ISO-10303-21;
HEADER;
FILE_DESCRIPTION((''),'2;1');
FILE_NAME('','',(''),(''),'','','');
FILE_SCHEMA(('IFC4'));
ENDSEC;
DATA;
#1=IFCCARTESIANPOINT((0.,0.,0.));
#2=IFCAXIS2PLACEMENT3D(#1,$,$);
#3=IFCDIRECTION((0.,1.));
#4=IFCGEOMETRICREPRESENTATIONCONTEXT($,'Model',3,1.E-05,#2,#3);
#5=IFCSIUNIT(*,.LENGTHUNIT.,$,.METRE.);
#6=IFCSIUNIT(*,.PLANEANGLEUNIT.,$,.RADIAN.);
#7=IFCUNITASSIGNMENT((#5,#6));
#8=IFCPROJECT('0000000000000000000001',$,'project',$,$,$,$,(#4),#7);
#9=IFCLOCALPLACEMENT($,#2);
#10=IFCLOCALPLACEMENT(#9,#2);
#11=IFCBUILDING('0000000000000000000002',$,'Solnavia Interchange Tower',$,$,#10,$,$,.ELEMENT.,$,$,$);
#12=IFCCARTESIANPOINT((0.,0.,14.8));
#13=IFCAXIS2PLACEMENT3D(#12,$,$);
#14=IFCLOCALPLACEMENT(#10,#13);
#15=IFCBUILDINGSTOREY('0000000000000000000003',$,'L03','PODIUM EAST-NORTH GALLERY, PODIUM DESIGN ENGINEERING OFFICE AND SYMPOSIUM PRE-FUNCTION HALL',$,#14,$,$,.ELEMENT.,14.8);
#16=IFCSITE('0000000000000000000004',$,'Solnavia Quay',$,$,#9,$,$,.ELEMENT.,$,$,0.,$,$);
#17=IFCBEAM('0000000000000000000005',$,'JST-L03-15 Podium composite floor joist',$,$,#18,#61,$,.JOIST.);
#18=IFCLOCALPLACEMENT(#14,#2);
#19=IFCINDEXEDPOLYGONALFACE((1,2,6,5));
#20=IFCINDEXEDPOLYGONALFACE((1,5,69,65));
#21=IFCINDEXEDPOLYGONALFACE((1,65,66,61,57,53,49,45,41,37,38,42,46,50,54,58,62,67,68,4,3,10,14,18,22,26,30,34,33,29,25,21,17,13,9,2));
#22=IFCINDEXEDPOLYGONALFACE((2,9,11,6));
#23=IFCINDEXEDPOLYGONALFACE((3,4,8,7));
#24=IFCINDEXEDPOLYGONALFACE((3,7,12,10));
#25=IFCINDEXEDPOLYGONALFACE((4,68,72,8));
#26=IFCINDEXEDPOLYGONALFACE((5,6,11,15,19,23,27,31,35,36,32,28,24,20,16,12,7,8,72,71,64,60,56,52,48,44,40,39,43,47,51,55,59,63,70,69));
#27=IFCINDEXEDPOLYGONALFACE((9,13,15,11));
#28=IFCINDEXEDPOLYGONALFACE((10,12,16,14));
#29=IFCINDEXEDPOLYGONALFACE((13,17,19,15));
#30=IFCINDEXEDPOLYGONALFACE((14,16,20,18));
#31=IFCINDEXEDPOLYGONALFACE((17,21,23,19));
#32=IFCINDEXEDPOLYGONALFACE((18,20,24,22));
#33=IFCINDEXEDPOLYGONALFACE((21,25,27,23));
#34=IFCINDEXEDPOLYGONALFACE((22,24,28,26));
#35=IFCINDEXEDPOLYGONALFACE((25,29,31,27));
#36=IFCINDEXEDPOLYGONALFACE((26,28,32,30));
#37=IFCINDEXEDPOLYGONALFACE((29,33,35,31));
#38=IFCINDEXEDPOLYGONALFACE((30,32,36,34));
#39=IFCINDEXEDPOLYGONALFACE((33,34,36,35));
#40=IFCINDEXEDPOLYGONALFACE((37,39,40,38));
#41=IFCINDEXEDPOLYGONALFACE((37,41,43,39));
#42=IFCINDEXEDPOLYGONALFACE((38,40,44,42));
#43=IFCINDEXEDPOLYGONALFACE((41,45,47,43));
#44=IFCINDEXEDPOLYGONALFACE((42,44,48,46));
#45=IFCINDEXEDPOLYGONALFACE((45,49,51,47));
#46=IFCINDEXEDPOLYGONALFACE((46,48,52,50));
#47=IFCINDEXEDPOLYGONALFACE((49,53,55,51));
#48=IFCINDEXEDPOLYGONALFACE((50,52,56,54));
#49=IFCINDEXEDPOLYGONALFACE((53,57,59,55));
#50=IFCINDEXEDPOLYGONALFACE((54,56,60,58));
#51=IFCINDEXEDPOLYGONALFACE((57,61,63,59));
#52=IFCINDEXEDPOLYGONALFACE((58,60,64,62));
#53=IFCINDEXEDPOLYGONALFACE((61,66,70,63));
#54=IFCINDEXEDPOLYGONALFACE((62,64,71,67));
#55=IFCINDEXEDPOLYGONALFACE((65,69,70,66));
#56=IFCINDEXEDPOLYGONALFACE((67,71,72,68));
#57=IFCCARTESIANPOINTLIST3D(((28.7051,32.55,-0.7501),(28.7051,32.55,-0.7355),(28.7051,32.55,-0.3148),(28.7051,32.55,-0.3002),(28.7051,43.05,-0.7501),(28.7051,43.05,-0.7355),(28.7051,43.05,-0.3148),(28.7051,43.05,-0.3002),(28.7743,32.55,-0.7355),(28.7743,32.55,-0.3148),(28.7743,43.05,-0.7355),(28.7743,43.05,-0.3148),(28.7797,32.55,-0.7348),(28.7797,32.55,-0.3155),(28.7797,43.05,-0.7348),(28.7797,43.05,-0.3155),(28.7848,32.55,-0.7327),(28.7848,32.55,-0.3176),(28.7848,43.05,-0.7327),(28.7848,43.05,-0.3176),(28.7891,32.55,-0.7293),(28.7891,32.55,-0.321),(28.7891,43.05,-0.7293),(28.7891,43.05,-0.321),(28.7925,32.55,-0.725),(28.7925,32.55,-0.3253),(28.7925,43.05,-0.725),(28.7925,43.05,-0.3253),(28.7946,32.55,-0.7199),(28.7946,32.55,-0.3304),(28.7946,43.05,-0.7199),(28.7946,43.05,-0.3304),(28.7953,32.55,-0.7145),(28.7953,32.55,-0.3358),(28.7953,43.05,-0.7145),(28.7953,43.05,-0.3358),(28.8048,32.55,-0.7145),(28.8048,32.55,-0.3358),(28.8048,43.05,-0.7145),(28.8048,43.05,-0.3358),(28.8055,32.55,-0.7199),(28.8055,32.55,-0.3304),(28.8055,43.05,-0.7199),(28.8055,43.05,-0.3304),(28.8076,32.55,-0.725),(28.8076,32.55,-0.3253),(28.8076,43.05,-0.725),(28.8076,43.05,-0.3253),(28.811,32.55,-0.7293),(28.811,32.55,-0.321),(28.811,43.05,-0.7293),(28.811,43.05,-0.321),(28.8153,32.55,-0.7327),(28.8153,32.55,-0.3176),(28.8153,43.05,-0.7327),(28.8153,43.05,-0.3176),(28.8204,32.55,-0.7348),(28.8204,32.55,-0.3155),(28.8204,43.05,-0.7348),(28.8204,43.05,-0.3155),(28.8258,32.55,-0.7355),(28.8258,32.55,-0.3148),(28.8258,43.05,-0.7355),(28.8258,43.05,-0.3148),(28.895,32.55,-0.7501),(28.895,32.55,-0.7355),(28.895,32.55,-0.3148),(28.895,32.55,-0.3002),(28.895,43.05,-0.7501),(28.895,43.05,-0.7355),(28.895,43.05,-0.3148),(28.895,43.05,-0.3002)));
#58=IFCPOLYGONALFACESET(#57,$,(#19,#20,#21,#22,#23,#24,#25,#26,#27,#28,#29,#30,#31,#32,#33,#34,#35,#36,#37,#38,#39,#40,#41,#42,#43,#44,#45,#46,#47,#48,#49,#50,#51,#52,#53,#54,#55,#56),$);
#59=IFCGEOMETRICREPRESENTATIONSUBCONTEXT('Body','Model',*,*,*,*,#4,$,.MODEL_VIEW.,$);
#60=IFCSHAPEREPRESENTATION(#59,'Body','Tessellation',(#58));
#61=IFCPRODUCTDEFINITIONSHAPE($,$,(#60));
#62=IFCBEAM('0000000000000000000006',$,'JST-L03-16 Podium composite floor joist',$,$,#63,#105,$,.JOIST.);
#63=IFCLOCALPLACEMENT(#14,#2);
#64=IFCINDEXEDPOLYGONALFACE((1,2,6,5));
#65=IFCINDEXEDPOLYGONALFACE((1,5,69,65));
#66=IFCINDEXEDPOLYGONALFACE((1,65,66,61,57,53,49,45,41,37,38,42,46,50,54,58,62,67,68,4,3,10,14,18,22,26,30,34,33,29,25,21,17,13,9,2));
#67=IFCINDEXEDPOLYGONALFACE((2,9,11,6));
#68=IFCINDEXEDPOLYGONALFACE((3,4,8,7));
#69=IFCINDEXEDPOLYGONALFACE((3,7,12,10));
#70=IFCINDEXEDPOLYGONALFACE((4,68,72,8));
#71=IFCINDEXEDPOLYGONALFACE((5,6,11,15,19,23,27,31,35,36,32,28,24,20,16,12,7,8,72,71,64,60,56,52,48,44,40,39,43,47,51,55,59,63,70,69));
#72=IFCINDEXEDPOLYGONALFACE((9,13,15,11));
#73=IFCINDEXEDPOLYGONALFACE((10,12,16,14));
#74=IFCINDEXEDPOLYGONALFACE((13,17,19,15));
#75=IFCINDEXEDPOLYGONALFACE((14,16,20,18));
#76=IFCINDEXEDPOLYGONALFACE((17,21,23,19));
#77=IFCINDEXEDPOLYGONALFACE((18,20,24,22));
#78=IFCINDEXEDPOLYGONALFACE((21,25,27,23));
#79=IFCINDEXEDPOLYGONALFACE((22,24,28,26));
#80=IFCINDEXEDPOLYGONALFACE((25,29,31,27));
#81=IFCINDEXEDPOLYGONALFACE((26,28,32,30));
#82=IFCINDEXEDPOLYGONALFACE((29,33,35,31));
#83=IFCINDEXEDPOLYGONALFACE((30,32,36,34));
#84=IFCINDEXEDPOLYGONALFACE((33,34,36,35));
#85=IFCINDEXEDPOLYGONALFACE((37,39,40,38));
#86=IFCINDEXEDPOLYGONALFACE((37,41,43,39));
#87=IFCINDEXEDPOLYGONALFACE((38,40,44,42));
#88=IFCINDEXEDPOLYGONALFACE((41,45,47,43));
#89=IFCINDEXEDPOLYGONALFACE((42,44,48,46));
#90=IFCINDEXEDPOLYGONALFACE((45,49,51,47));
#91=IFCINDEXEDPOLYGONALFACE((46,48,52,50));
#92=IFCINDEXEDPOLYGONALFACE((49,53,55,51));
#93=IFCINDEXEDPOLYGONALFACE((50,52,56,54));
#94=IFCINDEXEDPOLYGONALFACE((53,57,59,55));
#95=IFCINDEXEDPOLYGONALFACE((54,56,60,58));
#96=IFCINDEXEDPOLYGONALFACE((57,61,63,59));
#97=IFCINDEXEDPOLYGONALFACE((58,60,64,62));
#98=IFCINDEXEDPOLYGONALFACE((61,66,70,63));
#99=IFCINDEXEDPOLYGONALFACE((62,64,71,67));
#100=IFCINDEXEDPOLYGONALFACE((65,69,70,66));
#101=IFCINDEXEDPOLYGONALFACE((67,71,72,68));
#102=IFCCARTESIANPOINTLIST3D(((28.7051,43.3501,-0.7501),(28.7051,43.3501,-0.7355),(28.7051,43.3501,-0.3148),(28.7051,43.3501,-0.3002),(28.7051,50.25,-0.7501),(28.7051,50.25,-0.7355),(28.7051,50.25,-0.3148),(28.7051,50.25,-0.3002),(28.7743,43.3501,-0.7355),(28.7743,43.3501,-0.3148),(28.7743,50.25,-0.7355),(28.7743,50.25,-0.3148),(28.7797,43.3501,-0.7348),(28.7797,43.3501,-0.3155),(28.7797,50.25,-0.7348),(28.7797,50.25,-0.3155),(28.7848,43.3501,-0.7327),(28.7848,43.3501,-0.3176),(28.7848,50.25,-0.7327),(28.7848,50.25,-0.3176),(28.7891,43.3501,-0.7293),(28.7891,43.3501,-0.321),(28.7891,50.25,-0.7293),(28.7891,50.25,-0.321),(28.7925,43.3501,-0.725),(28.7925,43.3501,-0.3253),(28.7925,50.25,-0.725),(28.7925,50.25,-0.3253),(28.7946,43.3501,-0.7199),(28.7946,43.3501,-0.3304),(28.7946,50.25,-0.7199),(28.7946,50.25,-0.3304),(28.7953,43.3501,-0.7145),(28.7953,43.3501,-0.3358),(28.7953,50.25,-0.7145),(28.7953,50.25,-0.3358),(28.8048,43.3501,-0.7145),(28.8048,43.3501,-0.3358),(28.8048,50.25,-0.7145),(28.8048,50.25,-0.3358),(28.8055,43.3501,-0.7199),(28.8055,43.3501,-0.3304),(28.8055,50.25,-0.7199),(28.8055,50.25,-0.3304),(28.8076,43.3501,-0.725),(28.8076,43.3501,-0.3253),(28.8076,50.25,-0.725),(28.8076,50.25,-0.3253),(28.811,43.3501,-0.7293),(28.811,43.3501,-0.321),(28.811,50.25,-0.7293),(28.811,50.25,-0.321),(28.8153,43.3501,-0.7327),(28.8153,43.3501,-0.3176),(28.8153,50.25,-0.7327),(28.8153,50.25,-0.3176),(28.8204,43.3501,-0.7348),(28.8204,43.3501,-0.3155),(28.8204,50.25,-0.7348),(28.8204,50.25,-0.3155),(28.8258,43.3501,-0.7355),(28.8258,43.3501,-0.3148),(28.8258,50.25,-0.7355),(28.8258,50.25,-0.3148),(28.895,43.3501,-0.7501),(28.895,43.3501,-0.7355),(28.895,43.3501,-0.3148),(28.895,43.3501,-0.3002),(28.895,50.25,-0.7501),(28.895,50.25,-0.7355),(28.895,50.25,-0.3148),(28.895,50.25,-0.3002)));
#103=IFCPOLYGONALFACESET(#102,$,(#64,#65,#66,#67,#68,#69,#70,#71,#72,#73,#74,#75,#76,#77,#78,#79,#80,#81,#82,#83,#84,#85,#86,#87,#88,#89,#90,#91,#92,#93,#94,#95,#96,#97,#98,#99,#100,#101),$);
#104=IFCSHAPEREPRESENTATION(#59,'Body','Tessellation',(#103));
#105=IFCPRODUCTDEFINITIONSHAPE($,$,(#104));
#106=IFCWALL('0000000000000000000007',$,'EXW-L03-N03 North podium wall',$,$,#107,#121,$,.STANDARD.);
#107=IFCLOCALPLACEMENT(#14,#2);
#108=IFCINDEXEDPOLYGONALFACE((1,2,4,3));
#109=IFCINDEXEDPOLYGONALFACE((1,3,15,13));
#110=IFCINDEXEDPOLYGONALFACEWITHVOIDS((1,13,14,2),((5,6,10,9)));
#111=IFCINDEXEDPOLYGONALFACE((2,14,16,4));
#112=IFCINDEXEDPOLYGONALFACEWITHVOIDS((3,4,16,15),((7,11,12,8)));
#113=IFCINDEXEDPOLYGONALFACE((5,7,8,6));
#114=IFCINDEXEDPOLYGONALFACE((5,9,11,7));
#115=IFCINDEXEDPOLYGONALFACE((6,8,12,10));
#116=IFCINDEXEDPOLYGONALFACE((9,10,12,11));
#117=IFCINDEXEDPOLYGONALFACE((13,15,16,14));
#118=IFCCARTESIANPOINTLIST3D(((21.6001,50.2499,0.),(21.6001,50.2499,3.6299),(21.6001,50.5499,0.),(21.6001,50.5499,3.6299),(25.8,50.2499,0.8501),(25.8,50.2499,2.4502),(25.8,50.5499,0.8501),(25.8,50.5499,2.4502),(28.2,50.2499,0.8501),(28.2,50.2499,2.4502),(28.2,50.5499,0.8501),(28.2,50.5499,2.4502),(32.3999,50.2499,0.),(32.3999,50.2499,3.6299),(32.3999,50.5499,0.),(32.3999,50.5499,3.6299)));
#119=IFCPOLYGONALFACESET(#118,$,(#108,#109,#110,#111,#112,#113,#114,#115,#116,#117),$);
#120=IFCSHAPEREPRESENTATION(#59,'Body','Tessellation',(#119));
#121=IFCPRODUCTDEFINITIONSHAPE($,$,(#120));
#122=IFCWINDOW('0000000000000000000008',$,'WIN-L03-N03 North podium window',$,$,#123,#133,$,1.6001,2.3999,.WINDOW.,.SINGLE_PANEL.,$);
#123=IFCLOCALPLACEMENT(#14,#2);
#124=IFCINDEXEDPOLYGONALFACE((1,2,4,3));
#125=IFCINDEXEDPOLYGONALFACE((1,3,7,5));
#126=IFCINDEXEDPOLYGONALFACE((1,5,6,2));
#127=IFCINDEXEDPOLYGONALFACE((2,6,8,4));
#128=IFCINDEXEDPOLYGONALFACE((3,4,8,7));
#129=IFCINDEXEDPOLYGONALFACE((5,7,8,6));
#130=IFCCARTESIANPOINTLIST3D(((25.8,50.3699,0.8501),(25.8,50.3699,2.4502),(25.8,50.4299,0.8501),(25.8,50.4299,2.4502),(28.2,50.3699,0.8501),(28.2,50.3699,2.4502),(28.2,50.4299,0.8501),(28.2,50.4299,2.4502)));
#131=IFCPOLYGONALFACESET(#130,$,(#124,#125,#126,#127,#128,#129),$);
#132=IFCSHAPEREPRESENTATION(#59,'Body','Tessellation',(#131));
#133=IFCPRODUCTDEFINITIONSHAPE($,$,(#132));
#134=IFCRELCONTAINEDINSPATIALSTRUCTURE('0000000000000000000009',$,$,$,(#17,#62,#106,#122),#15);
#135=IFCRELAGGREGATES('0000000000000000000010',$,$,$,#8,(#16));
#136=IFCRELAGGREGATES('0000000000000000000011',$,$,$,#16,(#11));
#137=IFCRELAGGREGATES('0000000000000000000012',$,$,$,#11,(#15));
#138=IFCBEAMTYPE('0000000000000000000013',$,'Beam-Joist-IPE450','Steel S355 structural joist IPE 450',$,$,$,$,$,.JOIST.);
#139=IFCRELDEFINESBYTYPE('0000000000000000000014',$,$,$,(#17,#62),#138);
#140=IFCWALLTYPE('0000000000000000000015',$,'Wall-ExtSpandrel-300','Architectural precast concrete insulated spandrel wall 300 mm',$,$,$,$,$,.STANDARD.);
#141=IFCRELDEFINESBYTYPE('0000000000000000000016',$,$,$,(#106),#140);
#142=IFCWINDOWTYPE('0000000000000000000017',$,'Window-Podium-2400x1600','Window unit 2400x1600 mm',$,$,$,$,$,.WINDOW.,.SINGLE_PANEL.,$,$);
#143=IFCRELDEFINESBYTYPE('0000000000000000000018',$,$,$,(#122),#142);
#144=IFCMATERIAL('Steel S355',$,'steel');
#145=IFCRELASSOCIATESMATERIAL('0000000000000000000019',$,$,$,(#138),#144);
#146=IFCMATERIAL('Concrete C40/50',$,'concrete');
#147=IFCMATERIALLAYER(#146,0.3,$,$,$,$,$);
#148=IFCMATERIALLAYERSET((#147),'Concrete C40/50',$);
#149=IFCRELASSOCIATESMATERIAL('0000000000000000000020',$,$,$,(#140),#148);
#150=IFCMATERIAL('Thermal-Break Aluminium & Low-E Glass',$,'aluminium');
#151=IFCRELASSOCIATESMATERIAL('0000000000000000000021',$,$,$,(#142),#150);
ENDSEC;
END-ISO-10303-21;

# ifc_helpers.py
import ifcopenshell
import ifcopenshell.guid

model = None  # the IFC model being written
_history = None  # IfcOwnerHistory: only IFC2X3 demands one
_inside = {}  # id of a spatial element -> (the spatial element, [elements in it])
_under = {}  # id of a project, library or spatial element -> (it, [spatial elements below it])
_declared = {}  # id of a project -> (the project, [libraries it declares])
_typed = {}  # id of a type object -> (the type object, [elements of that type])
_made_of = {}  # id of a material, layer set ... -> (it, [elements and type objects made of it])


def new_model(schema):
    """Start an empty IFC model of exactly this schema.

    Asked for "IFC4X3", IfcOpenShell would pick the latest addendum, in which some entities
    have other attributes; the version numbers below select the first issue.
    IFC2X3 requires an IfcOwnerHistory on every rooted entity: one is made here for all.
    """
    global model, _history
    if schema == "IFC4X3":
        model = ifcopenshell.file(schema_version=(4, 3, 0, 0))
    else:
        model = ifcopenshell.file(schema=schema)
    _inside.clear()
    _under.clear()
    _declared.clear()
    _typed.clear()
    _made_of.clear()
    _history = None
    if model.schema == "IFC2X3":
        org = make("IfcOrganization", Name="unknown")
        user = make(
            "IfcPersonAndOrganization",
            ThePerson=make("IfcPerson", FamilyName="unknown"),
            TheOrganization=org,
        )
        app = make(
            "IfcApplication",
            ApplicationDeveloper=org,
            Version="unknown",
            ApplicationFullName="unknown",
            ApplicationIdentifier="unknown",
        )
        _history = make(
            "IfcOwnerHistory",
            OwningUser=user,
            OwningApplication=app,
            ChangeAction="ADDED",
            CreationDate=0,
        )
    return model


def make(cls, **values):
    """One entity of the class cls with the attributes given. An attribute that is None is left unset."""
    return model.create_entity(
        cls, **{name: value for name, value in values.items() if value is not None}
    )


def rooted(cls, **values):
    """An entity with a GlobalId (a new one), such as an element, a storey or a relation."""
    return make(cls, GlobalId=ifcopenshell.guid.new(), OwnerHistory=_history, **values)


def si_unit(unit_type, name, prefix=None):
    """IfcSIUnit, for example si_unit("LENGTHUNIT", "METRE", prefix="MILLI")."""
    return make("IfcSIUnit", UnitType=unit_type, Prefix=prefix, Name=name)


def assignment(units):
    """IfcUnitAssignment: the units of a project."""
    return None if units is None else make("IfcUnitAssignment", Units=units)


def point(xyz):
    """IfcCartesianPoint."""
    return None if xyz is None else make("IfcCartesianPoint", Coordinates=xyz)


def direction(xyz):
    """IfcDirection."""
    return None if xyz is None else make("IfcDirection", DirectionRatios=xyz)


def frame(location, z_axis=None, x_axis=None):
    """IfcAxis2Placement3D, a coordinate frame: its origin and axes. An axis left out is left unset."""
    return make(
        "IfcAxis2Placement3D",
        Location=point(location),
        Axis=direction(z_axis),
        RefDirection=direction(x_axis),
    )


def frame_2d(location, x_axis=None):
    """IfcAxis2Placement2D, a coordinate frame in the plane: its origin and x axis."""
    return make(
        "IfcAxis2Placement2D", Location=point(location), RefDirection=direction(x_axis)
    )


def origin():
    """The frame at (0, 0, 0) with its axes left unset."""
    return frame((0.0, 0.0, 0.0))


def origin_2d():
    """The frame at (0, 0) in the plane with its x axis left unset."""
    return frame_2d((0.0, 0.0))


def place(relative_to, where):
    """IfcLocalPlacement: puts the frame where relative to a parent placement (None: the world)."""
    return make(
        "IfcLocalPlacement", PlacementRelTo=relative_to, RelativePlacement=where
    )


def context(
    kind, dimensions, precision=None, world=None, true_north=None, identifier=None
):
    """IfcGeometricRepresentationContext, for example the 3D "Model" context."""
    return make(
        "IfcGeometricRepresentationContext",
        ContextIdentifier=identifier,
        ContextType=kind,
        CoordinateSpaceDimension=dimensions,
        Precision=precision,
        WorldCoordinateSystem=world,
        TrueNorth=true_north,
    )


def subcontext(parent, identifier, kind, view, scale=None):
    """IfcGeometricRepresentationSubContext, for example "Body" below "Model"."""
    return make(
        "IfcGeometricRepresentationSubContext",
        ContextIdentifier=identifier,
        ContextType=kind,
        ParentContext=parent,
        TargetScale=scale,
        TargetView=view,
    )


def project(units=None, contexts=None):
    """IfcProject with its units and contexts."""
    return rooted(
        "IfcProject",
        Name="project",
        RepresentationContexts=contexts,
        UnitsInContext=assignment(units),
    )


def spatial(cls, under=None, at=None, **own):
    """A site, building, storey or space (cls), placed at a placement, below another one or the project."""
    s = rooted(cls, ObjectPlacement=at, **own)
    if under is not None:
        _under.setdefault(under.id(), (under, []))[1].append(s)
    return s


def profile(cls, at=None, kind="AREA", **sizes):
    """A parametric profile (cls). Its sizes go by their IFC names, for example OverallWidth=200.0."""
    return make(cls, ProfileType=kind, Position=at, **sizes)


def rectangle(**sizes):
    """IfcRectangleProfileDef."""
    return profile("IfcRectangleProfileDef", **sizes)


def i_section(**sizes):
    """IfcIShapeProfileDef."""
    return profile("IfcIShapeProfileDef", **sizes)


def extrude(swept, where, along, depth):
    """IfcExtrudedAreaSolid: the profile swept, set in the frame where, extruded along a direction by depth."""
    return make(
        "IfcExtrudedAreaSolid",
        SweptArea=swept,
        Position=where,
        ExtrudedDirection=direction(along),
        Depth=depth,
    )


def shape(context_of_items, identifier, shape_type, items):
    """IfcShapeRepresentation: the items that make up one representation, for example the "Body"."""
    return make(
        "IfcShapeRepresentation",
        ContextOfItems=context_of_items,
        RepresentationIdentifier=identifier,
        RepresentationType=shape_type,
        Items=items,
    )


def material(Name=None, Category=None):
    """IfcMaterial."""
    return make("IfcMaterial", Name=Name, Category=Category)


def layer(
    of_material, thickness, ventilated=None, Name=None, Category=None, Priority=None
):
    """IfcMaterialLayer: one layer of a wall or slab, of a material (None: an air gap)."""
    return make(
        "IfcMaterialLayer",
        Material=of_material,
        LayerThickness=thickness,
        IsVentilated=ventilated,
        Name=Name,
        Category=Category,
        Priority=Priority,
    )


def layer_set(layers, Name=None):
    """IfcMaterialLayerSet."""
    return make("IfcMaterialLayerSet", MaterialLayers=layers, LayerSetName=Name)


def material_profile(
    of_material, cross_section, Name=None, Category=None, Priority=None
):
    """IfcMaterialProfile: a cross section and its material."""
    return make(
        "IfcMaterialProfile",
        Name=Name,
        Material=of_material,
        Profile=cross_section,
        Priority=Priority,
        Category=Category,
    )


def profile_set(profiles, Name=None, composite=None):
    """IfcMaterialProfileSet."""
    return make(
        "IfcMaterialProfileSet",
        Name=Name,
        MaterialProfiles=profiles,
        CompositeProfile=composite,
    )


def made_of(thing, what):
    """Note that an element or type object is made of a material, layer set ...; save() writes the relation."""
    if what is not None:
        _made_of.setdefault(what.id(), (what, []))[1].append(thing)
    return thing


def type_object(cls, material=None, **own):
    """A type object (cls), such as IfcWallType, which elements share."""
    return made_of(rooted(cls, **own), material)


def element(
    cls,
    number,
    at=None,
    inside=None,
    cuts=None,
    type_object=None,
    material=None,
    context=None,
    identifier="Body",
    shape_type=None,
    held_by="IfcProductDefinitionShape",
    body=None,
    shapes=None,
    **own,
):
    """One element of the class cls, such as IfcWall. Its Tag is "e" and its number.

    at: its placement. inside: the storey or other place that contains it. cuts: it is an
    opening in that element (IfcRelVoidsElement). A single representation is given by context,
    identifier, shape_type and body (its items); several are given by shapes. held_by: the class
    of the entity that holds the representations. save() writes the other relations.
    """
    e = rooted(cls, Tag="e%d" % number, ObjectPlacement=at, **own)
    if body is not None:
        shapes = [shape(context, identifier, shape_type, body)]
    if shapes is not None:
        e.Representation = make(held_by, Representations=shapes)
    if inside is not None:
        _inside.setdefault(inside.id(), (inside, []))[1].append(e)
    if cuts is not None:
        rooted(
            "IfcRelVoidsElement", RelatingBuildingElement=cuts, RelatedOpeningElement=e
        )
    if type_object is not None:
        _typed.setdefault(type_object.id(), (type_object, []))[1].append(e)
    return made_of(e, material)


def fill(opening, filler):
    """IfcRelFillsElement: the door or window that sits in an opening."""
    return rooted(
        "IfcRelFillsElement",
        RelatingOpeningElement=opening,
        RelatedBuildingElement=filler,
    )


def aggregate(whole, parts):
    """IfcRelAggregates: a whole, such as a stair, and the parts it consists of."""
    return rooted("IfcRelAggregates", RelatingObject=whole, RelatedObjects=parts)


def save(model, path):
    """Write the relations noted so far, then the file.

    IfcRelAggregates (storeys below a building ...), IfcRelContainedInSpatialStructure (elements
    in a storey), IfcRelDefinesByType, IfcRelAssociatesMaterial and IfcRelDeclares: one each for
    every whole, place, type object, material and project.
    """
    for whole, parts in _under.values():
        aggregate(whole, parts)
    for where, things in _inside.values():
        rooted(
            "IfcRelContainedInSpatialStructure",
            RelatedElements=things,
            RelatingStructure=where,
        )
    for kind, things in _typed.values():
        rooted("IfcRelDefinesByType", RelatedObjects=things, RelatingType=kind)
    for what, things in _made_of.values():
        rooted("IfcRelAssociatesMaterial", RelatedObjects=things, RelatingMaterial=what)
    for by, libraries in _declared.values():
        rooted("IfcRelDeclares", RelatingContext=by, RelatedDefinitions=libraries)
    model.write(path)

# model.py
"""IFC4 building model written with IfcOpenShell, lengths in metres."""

from ifc_helpers import new_model, si_unit, direction, frame, frame_2d, origin, origin_2d, place, context, subcontext, project, spatial, rectangle, i_section, extrude, material, layer, layer_set, material_profile, profile_set, type_object, element, fill, save


model = new_model("IFC4")

# Units and contexts
model_context = context("Model", 3, precision=1e-05, world=origin(), true_north=direction((0.0, 1.0)))
body_context = subcontext(model_context, "Body", "Model", "MODEL_VIEW")
ifc_project = project(units=[si_unit("LENGTHUNIT", "METRE"), si_unit("PLANEANGLEUNIT", "RADIAN")], contexts=[model_context])

# Site, building, storey
site_placement = place(None, origin())
site = spatial("IfcSite", under=ifc_project, at=site_placement, Name="Solnavia Quay", CompositionType="ELEMENT", RefElevation=0.0)
building_placement = place(site_placement, origin())
building = spatial("IfcBuilding", under=site, at=building_placement, Name="Solnavia Interchange Tower", CompositionType="ELEMENT")
storey_placement = place(building_placement, frame((0.0, 0.0, 14.8)))
storey = spatial("IfcBuildingStorey", under=building, at=storey_placement, Name="L03", Description="PODIUM EAST-NORTH GALLERY, PODIUM DESIGN ENGINEERING OFFICE AND SYMPOSIUM PRE-FUNCTION HALL", CompositionType="ELEMENT", Elevation=14.8)

# Beams
ifc_material_1 = material(Name="Steel S355", Category="steel")
ifc_material_profile_1 = material_profile(ifc_material_1, i_section(OverallWidth=0.1899, OverallDepth=0.45, WebThickness=0.0095, FlangeThickness=0.0146, FilletRadius=0.021, at=origin_2d()), Name="IPE 450")
ifc_profile_set_1 = profile_set([ifc_material_profile_1], Name="Steel S355")
beam_type_1 = type_object("IfcBeamType", Name="Beam-Joist-IPE450", Description="Steel S355 structural joist IPE 450", PredefinedType="JOIST", material=ifc_profile_set_1)
beam_1_placement = place(storey_placement, frame((28.8, 32.55, -0.5251), z_axis=(0.0, 1.0, 0.0), x_axis=(-1.0, 0.0, 0.0)))
element("IfcBeam", 1, at=beam_1_placement, inside=storey, type_object=beam_type_1, Name="JST-L03-15 Podium composite floor joist", PredefinedType="JOIST", context=body_context, shape_type="SweptSolid", body=[
    extrude(i_section(OverallWidth=0.1899, OverallDepth=0.45, WebThickness=0.0095, FlangeThickness=0.0146, FilletRadius=0.021, at=origin_2d()), origin(), (0.0, 0.0, 1.0), 10.5),
])
beam_2_placement = place(storey_placement, frame((28.8, 43.3501, -0.5251), z_axis=(0.0, 1.0, 0.0), x_axis=(-1.0, 0.0, 0.0)))
element("IfcBeam", 2, at=beam_2_placement, inside=storey, type_object=beam_type_1, Name="JST-L03-16 Podium composite floor joist", PredefinedType="JOIST", context=body_context, shape_type="SweptSolid", body=[
    extrude(i_section(OverallWidth=0.1899, OverallDepth=0.45, WebThickness=0.0095, FlangeThickness=0.0146, FilletRadius=0.021, at=origin_2d()), origin(), (0.0, 0.0, 1.0), 6.8999),
])

# Wall, opening, window
ifc_material_2 = material(Name="Concrete C40/50", Category="concrete")
ifc_layer = layer(ifc_material_2, 0.3)
ifc_layer_set = layer_set([ifc_layer], Name="Concrete C40/50")
wall_type = type_object("IfcWallType", Name="Wall-ExtSpandrel-300", Description="Architectural precast concrete insulated spandrel wall 300 mm", PredefinedType="STANDARD", material=ifc_layer_set)
wall_placement = place(storey_placement, frame((21.6001, 50.3999, 0.0), z_axis=(0.0, 0.0, 1.0), x_axis=(1.0, 0.0, 0.0)))
wall = element("IfcWall", 3, at=wall_placement, inside=storey, type_object=wall_type, Name="EXW-L03-N03 North podium wall", PredefinedType="STANDARD", context=body_context, shape_type="SweptSolid", body=[
    extrude(rectangle(XDim=10.7998, YDim=0.3, at=frame_2d((5.3999, 0.0))), origin(), (0.0, 0.0, 1.0), 3.6299),
])
opening_placement = place(wall_placement, frame((4.2, 0.0, 0.8501)))
opening = element("IfcOpeningElement", 4, at=opening_placement, cuts=wall, PredefinedType="OPENING", context=body_context, shape_type="SweptSolid", body=[
    extrude(rectangle(XDim=2.3999, YDim=1.6001, at=frame_2d((1.2, 0.8))), frame((0.0, 0.1602, 0.0), z_axis=(0.0, -1.0, 0.0), x_axis=(1.0, 0.0, 0.0)), (0.0, 0.0, 1.0), 0.3201),
])
ifc_material_3 = material(Name="Thermal-Break Aluminium & Low-E Glass", Category="aluminium")
window_type = type_object("IfcWindowType", Name="Window-Podium-2400x1600", Description="Window unit 2400x1600 mm", PartitioningType="SINGLE_PANEL", PredefinedType="WINDOW", material=ifc_material_3)
window_placement = place(opening_placement, origin())
window = element("IfcWindow", 5, at=window_placement, inside=storey, type_object=window_type, Name="WIN-L03-N03 North podium window", OverallHeight=1.6001, OverallWidth=2.3999, PartitioningType="SINGLE_PANEL", PredefinedType="WINDOW", context=body_context, shape_type="SweptSolid", body=[
    extrude(rectangle(XDim=2.3999, YDim=1.6001, at=frame_2d((1.2, 0.8))), frame((0.0, 0.03, 0.0), z_axis=(0.0, -1.0, 0.0), x_axis=(1.0, 0.0, 0.0)), (0.0, 0.0, 1.0), 0.0601),
])
fill(opening, window)

save(model, "model.ifc")
